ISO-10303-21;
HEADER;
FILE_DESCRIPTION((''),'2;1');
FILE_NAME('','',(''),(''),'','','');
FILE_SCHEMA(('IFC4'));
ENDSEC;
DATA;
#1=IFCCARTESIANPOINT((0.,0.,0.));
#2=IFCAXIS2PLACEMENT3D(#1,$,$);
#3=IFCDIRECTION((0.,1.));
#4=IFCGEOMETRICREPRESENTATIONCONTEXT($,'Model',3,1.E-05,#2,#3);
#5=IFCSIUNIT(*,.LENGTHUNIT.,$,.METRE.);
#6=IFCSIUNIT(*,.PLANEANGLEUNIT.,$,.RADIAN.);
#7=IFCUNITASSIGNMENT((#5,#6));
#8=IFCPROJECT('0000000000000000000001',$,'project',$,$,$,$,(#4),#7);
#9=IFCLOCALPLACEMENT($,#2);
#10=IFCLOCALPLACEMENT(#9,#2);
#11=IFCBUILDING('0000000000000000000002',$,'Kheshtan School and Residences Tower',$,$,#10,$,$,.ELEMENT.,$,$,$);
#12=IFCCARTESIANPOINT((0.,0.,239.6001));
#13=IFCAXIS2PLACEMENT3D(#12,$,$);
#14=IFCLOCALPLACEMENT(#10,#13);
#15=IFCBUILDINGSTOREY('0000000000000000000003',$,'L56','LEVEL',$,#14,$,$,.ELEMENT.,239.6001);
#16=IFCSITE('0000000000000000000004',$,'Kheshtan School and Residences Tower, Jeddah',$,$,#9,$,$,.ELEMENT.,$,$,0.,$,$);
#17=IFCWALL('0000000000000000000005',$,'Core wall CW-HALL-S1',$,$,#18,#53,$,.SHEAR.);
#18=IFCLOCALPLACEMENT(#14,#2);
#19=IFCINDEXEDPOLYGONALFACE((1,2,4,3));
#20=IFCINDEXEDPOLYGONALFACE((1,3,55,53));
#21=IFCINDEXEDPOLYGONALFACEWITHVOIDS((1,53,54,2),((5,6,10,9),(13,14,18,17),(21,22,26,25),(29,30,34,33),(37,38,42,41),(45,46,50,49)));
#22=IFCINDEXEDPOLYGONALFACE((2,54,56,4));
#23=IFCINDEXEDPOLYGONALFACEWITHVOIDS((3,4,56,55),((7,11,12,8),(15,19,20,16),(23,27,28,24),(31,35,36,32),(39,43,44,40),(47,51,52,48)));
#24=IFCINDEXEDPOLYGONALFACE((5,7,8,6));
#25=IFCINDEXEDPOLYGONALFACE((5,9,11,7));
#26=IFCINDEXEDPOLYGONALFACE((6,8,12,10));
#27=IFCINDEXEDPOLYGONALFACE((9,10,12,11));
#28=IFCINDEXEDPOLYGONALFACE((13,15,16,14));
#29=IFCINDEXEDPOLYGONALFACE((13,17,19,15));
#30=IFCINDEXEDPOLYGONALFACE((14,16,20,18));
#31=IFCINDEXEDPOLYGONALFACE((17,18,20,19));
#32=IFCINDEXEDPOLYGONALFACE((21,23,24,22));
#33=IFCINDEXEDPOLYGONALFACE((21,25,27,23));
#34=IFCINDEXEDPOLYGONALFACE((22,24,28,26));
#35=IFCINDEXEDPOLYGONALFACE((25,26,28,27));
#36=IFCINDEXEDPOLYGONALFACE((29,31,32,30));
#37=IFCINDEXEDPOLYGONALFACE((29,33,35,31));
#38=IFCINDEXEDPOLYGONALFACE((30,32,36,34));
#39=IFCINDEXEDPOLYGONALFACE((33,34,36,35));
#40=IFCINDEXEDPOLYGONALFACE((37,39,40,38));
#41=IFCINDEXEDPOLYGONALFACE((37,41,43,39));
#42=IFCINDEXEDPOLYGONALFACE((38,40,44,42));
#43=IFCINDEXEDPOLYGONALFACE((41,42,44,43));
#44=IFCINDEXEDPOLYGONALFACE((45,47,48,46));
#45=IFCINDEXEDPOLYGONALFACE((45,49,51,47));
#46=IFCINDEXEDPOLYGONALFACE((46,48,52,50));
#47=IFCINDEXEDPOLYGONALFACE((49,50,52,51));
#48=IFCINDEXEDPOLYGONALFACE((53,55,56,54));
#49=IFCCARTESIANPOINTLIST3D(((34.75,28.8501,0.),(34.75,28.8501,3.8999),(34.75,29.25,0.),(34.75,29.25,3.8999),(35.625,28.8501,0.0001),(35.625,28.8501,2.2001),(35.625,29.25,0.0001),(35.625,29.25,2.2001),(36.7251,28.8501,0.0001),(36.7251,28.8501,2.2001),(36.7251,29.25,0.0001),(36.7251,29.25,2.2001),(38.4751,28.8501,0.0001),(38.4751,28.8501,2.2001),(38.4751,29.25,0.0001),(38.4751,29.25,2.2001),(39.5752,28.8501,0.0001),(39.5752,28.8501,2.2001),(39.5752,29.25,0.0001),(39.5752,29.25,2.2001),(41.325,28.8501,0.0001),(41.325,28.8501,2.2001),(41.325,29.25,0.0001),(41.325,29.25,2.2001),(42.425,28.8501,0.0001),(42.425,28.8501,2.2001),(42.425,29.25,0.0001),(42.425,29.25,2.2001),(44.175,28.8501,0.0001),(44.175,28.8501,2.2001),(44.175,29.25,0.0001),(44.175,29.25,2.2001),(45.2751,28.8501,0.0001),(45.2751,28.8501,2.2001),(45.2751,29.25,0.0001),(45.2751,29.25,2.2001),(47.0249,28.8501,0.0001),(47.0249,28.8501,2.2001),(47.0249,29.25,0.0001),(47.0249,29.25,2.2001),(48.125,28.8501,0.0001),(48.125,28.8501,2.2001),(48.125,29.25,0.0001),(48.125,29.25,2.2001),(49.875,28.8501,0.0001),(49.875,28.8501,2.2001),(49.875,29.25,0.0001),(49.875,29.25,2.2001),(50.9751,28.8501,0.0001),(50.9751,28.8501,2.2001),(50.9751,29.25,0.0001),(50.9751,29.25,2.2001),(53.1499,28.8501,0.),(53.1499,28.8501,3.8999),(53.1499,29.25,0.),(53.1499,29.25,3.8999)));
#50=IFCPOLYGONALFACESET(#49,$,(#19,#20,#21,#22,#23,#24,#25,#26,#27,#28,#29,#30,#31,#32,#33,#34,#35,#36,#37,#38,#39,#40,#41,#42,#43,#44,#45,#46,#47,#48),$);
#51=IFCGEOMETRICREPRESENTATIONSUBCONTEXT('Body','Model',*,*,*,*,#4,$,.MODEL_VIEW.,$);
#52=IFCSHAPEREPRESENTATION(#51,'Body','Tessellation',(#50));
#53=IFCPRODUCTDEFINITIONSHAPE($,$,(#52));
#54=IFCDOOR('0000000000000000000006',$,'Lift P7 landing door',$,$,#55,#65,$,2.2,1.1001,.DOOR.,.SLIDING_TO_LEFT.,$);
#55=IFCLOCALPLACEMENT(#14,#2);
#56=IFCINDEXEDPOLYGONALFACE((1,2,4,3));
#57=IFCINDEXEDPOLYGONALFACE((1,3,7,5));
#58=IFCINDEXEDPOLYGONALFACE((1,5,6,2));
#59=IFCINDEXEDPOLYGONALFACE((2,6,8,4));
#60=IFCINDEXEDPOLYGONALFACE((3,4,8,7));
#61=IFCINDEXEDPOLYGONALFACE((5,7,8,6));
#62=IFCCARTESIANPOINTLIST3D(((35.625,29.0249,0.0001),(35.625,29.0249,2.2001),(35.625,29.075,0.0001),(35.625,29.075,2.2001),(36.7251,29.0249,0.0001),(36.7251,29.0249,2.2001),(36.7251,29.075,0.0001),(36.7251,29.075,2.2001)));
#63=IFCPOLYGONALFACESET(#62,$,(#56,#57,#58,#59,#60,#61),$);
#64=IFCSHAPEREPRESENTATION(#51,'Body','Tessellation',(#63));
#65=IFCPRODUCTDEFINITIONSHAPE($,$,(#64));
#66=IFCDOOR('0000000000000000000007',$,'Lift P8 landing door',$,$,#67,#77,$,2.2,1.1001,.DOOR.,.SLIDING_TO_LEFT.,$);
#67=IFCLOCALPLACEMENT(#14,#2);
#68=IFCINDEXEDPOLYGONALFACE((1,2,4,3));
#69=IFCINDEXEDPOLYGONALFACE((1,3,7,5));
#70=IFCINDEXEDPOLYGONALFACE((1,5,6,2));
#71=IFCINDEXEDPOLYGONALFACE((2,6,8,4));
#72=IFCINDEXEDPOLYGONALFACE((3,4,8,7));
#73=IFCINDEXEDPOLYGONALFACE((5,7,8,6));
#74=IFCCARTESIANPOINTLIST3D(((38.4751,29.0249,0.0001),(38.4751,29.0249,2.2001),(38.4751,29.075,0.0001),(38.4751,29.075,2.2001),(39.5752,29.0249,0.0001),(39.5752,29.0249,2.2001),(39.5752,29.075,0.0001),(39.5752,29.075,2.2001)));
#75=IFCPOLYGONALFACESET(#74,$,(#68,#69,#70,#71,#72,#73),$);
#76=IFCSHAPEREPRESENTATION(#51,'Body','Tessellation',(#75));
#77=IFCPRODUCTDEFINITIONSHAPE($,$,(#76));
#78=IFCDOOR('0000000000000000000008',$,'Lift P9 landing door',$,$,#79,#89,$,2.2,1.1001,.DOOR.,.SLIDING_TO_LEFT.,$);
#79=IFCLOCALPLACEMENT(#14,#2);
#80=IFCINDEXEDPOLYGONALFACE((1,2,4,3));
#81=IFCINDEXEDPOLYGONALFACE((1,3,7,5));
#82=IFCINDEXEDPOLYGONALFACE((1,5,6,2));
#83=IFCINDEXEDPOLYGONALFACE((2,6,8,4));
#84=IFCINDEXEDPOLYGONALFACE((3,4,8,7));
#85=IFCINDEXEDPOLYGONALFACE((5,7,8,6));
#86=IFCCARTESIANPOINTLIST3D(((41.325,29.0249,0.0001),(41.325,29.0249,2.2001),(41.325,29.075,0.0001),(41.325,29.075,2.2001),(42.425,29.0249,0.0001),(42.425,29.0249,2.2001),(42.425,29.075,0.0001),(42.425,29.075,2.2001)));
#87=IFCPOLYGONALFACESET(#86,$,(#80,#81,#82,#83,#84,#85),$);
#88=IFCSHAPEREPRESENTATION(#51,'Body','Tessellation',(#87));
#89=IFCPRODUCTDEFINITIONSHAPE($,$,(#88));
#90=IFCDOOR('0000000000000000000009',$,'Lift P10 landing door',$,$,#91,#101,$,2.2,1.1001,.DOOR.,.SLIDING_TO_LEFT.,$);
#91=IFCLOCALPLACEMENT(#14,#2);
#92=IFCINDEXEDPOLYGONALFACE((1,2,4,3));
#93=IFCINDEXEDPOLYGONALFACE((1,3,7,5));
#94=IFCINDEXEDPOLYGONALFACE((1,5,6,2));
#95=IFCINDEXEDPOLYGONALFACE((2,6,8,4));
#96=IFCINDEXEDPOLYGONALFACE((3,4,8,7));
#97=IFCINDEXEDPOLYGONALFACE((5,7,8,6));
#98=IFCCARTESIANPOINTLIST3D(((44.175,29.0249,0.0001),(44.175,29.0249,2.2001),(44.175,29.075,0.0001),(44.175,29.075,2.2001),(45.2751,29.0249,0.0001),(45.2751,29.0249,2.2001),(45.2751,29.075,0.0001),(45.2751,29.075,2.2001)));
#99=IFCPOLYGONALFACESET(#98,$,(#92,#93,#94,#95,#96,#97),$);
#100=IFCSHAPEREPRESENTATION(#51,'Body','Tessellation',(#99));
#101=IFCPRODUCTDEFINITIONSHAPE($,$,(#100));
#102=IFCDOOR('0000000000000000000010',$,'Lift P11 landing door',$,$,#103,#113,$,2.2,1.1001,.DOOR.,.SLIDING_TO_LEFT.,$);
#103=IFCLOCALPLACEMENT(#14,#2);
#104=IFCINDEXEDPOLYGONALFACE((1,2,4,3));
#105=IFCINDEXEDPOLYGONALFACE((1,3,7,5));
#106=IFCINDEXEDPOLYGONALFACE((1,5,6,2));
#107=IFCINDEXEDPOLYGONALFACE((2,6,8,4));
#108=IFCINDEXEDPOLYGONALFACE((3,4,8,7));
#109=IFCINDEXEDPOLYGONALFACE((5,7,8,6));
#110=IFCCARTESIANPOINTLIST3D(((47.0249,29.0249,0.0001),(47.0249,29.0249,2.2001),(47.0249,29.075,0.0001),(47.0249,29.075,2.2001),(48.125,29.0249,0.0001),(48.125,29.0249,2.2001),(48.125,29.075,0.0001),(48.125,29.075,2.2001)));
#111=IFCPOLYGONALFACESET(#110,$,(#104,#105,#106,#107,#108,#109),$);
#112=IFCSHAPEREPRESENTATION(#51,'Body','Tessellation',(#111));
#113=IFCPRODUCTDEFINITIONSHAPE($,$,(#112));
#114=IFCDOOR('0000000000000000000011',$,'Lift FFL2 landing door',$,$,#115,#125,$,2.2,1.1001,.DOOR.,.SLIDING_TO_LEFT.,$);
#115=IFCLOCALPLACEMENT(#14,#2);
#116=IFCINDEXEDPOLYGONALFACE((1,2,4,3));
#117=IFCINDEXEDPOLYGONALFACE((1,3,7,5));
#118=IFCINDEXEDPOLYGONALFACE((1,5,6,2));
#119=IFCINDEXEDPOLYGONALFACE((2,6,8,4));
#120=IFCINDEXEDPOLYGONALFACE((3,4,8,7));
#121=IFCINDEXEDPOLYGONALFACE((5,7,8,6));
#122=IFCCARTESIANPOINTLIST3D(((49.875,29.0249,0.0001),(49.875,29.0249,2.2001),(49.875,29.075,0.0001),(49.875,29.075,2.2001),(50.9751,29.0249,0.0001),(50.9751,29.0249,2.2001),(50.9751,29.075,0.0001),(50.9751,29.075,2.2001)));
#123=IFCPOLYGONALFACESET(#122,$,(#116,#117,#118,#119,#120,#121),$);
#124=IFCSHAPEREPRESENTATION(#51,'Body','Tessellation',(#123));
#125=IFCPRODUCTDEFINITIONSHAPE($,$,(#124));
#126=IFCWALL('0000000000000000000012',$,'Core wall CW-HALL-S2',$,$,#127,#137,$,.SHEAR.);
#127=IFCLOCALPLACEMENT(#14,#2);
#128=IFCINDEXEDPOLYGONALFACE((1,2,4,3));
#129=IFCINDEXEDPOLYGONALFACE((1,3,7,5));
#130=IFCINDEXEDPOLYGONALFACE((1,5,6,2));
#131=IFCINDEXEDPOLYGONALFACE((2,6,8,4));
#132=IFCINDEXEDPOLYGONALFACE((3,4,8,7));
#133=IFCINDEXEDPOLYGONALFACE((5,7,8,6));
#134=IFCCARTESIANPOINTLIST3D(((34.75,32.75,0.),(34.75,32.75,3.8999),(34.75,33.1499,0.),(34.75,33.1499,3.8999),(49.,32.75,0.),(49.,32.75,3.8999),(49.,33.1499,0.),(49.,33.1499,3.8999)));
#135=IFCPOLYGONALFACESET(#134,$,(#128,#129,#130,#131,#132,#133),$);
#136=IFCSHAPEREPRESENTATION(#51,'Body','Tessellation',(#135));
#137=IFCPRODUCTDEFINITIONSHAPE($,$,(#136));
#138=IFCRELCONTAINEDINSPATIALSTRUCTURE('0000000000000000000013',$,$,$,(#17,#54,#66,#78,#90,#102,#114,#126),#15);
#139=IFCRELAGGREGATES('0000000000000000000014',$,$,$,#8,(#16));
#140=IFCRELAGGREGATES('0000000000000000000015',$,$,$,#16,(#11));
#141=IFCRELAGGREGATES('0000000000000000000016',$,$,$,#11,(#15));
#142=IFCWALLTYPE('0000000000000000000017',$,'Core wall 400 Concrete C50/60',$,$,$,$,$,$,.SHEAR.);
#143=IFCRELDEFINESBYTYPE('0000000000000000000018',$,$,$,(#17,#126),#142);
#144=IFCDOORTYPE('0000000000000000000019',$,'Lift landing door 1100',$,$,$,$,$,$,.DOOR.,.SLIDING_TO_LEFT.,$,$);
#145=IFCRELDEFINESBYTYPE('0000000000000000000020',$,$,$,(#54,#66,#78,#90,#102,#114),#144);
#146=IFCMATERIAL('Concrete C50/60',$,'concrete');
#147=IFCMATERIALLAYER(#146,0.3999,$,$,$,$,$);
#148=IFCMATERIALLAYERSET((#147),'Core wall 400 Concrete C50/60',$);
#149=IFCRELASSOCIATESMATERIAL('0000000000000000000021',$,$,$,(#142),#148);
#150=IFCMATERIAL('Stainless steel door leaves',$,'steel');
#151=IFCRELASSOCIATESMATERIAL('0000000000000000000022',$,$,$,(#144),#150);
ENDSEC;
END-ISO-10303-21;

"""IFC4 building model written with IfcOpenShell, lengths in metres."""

from ifc_helpers import new_model, si_unit, direction, frame, frame_2d, origin, place, context, subcontext, project, spatial, rectangle, extrude, source, transform, mapped, material, layer, layer_set, type_object, element, fill, save


model = new_model("IFC4")

# Units and contexts
model_context = context("Model", 3, precision=1e-05, world=origin(), true_north=direction((0.0, 1.0)))
body_context = subcontext(model_context, "Body", "Model", "MODEL_VIEW")
ifc_project = project(units=[si_unit("LENGTHUNIT", "METRE"), si_unit("PLANEANGLEUNIT", "RADIAN")], contexts=[model_context])

# Site, building, storey
site_placement = place(None, origin())
site = spatial("IfcSite", under=ifc_project, at=site_placement, Name="Kheshtan School and Residences Tower, Jeddah", CompositionType="ELEMENT", RefElevation=0.0)
building_placement = place(site_placement, origin())
building = spatial("IfcBuilding", under=site, at=building_placement, Name="Kheshtan School and Residences Tower", CompositionType="ELEMENT")
storey_placement = place(building_placement, frame((0.0, 0.0, 239.6001)))
storey = spatial("IfcBuildingStorey", under=building, at=storey_placement, Name="L56", Description="LEVEL", CompositionType="ELEMENT", Elevation=239.6001)

# Wall, openings, doors
ifc_material_1 = material(Name="Concrete C50/60", Category="concrete")
ifc_layer_1 = layer(ifc_material_1, 0.3999)
ifc_layer_set_1 = layer_set([ifc_layer_1], Name="Core wall 400 Concrete C50/60")
wall_type_1 = type_object("IfcWallType", Name="Core wall 400 Concrete C50/60", PredefinedType="SHEAR", material=ifc_layer_set_1)
wall_1_placement = place(storey_placement, frame((34.75, 29.05, 0.0), z_axis=(0.0, 0.0, 1.0), x_axis=(1.0, 0.0, 0.0)))
wall_1 = element("IfcWall", 1, at=wall_1_placement, inside=storey, type_object=wall_type_1, Name="Core wall CW-HALL-S1", PredefinedType="SHEAR", context=body_context, shape_type="SweptSolid", body=[
    extrude(rectangle(XDim=18.3999, YDim=0.3999, at=frame_2d((9.2, 0.0))), origin(), (0.0, 0.0, 1.0), 3.8999),
])
opening_1_placement = place(wall_1_placement, frame((0.875, 0.0, 0.0)))
opening_1 = element("IfcOpeningElement", 2, at=opening_1_placement, cuts=wall_1, PredefinedType="OPENING", context=body_context, shape_type="SweptSolid", body=[
    extrude(rectangle(XDim=1.1001, YDim=2.2, at=frame_2d((0.55, 1.1001))), frame((0.0, 0.21, 0.0), z_axis=(0.0, -1.0, 0.0), x_axis=(1.0, 0.0, 0.0)), (0.0, 0.0, 1.0), 0.4199),
])
opening_2_placement = place(wall_1_placement, frame((3.7251, 0.0, 0.0)))
opening_2 = element("IfcOpeningElement", 3, at=opening_2_placement, cuts=wall_1, PredefinedType="OPENING", context=body_context, shape_type="SweptSolid", body=[
    extrude(rectangle(XDim=1.1001, YDim=2.2, at=frame_2d((0.55, 1.1001))), frame((0.0, 0.21, 0.0), z_axis=(0.0, -1.0, 0.0), x_axis=(1.0, 0.0, 0.0)), (0.0, 0.0, 1.0), 0.4199),
])
opening_3_placement = place(wall_1_placement, frame((6.575, 0.0, 0.0)))
opening_3 = element("IfcOpeningElement", 4, at=opening_3_placement, cuts=wall_1, PredefinedType="OPENING", context=body_context, shape_type="SweptSolid", body=[
    extrude(rectangle(XDim=1.1001, YDim=2.2, at=frame_2d((0.55, 1.1001))), frame((0.0, 0.21, 0.0), z_axis=(0.0, -1.0, 0.0), x_axis=(1.0, 0.0, 0.0)), (0.0, 0.0, 1.0), 0.4199),
])
opening_4_placement = place(wall_1_placement, frame((9.425, 0.0, 0.0)))
opening_4 = element("IfcOpeningElement", 5, at=opening_4_placement, cuts=wall_1, PredefinedType="OPENING", context=body_context, shape_type="SweptSolid", body=[
    extrude(rectangle(XDim=1.1001, YDim=2.2, at=frame_2d((0.55, 1.1001))), frame((0.0, 0.21, 0.0), z_axis=(0.0, -1.0, 0.0), x_axis=(1.0, 0.0, 0.0)), (0.0, 0.0, 1.0), 0.4199),
])
opening_5_placement = place(wall_1_placement, frame((12.2749, 0.0, 0.0)))
opening_5 = element("IfcOpeningElement", 6, at=opening_5_placement, cuts=wall_1, PredefinedType="OPENING", context=body_context, shape_type="SweptSolid", body=[
    extrude(rectangle(XDim=1.1001, YDim=2.2, at=frame_2d((0.55, 1.1001))), frame((0.0, 0.21, 0.0), z_axis=(0.0, -1.0, 0.0), x_axis=(1.0, 0.0, 0.0)), (0.0, 0.0, 1.0), 0.4199),
])
opening_6_placement = place(wall_1_placement, frame((15.125, 0.0, 0.0)))
opening_6 = element("IfcOpeningElement", 7, at=opening_6_placement, cuts=wall_1, PredefinedType="OPENING", context=body_context, shape_type="SweptSolid", body=[
    extrude(rectangle(XDim=1.1001, YDim=2.2, at=frame_2d((0.55, 1.1001))), frame((0.0, 0.21, 0.0), z_axis=(0.0, -1.0, 0.0), x_axis=(1.0, 0.0, 0.0)), (0.0, 0.0, 1.0), 0.4199),
])
ifc_material_2 = material(Name="Stainless steel door leaves", Category="steel")
door_type_1 = type_object("IfcDoorType", Name="Lift landing door 1100", OperationType="SLIDING_TO_LEFT", PredefinedType="DOOR", material=ifc_material_2)
shared_shape_1 = source(origin(), body_context, "Body", "SweptSolid", [
    extrude(rectangle(XDim=1.1001, YDim=2.2, at=frame_2d((0.55, 1.1001))), frame((0.0, 0.0249, 0.0), z_axis=(0.0, -1.0, 0.0), x_axis=(1.0, 0.0, 0.0)), (0.0, 0.0, 1.0), 0.05),
])
door_1_placement = place(opening_1_placement, origin())
door_1 = element("IfcDoor", 8, at=door_1_placement, inside=storey, type_object=door_type_1, Name="Lift P7 landing door", OperationType="SLIDING_TO_LEFT", OverallHeight=2.2, OverallWidth=1.1001, PredefinedType="DOOR", context=body_context, shape_type="MappedRepresentation", body=[
    mapped(shared_shape_1, transform((0.0, 0.0, 0.0), x_axis=(1.0, 0.0, 0.0), y_axis=(0.0, 1.0, 0.0), z_axis=(0.0, 0.0, 1.0), scale=1.0)),
])
fill(opening_1, door_1)
door_2_placement = place(opening_2_placement, origin())
door_2 = element("IfcDoor", 9, at=door_2_placement, inside=storey, type_object=door_type_1, Name="Lift P8 landing door", OperationType="SLIDING_TO_LEFT", OverallHeight=2.2, OverallWidth=1.1001, PredefinedType="DOOR", context=body_context, shape_type="MappedRepresentation", body=[
    mapped(shared_shape_1, transform((0.0, 0.0, 0.0), x_axis=(1.0, 0.0, 0.0), y_axis=(0.0, 1.0, 0.0), z_axis=(0.0, 0.0, 1.0), scale=1.0)),
])
fill(opening_2, door_2)
door_3_placement = place(opening_3_placement, origin())
door_3 = element("IfcDoor", 10, at=door_3_placement, inside=storey, type_object=door_type_1, Name="Lift P9 landing door", OperationType="SLIDING_TO_LEFT", OverallHeight=2.2, OverallWidth=1.1001, PredefinedType="DOOR", context=body_context, shape_type="MappedRepresentation", body=[
    mapped(shared_shape_1, transform((0.0, 0.0, 0.0), x_axis=(1.0, 0.0, 0.0), y_axis=(0.0, 1.0, 0.0), z_axis=(0.0, 0.0, 1.0), scale=1.0)),
])
fill(opening_3, door_3)
door_4_placement = place(opening_4_placement, origin())
door_4 = element("IfcDoor", 11, at=door_4_placement, inside=storey, type_object=door_type_1, Name="Lift P10 landing door", OperationType="SLIDING_TO_LEFT", OverallHeight=2.2, OverallWidth=1.1001, PredefinedType="DOOR", context=body_context, shape_type="MappedRepresentation", body=[
    mapped(shared_shape_1, transform((0.0, 0.0, 0.0), x_axis=(1.0, 0.0, 0.0), y_axis=(0.0, 1.0, 0.0), z_axis=(0.0, 0.0, 1.0), scale=1.0)),
])
fill(opening_4, door_4)
door_5_placement = place(opening_5_placement, origin())
door_5 = element("IfcDoor", 12, at=door_5_placement, inside=storey, type_object=door_type_1, Name="Lift P11 landing door", OperationType="SLIDING_TO_LEFT", OverallHeight=2.2, OverallWidth=1.1001, PredefinedType="DOOR", context=body_context, shape_type="MappedRepresentation", body=[
    mapped(shared_shape_1, transform((0.0, 0.0, 0.0), x_axis=(1.0, 0.0, 0.0), y_axis=(0.0, 1.0, 0.0), z_axis=(0.0, 0.0, 1.0), scale=1.0)),
])
fill(opening_5, door_5)
door_6_placement = place(opening_6_placement, origin())
door_6 = element("IfcDoor", 13, at=door_6_placement, inside=storey, type_object=door_type_1, Name="Lift FFL2 landing door", OperationType="SLIDING_TO_LEFT", OverallHeight=2.2, OverallWidth=1.1001, PredefinedType="DOOR", context=body_context, shape_type="MappedRepresentation", body=[
    mapped(shared_shape_1, transform((0.0, 0.0, 0.0), x_axis=(1.0, 0.0, 0.0), y_axis=(0.0, 1.0, 0.0), z_axis=(0.0, 0.0, 1.0), scale=1.0)),
])
fill(opening_6, door_6)

# Wall
wall_2_placement = place(storey_placement, frame((34.75, 32.95, 0.0), z_axis=(0.0, 0.0, 1.0), x_axis=(1.0, 0.0, 0.0)))
element("IfcWall", 14, at=wall_2_placement, inside=storey, type_object=wall_type_1, Name="Core wall CW-HALL-S2", PredefinedType="SHEAR", context=body_context, shape_type="SweptSolid", body=[
    extrude(rectangle(XDim=14.25, YDim=0.3999, at=frame_2d((7.125, 0.0))), origin(), (0.0, 0.0, 1.0), 3.8999),
])

save(model, "model.ifc")
